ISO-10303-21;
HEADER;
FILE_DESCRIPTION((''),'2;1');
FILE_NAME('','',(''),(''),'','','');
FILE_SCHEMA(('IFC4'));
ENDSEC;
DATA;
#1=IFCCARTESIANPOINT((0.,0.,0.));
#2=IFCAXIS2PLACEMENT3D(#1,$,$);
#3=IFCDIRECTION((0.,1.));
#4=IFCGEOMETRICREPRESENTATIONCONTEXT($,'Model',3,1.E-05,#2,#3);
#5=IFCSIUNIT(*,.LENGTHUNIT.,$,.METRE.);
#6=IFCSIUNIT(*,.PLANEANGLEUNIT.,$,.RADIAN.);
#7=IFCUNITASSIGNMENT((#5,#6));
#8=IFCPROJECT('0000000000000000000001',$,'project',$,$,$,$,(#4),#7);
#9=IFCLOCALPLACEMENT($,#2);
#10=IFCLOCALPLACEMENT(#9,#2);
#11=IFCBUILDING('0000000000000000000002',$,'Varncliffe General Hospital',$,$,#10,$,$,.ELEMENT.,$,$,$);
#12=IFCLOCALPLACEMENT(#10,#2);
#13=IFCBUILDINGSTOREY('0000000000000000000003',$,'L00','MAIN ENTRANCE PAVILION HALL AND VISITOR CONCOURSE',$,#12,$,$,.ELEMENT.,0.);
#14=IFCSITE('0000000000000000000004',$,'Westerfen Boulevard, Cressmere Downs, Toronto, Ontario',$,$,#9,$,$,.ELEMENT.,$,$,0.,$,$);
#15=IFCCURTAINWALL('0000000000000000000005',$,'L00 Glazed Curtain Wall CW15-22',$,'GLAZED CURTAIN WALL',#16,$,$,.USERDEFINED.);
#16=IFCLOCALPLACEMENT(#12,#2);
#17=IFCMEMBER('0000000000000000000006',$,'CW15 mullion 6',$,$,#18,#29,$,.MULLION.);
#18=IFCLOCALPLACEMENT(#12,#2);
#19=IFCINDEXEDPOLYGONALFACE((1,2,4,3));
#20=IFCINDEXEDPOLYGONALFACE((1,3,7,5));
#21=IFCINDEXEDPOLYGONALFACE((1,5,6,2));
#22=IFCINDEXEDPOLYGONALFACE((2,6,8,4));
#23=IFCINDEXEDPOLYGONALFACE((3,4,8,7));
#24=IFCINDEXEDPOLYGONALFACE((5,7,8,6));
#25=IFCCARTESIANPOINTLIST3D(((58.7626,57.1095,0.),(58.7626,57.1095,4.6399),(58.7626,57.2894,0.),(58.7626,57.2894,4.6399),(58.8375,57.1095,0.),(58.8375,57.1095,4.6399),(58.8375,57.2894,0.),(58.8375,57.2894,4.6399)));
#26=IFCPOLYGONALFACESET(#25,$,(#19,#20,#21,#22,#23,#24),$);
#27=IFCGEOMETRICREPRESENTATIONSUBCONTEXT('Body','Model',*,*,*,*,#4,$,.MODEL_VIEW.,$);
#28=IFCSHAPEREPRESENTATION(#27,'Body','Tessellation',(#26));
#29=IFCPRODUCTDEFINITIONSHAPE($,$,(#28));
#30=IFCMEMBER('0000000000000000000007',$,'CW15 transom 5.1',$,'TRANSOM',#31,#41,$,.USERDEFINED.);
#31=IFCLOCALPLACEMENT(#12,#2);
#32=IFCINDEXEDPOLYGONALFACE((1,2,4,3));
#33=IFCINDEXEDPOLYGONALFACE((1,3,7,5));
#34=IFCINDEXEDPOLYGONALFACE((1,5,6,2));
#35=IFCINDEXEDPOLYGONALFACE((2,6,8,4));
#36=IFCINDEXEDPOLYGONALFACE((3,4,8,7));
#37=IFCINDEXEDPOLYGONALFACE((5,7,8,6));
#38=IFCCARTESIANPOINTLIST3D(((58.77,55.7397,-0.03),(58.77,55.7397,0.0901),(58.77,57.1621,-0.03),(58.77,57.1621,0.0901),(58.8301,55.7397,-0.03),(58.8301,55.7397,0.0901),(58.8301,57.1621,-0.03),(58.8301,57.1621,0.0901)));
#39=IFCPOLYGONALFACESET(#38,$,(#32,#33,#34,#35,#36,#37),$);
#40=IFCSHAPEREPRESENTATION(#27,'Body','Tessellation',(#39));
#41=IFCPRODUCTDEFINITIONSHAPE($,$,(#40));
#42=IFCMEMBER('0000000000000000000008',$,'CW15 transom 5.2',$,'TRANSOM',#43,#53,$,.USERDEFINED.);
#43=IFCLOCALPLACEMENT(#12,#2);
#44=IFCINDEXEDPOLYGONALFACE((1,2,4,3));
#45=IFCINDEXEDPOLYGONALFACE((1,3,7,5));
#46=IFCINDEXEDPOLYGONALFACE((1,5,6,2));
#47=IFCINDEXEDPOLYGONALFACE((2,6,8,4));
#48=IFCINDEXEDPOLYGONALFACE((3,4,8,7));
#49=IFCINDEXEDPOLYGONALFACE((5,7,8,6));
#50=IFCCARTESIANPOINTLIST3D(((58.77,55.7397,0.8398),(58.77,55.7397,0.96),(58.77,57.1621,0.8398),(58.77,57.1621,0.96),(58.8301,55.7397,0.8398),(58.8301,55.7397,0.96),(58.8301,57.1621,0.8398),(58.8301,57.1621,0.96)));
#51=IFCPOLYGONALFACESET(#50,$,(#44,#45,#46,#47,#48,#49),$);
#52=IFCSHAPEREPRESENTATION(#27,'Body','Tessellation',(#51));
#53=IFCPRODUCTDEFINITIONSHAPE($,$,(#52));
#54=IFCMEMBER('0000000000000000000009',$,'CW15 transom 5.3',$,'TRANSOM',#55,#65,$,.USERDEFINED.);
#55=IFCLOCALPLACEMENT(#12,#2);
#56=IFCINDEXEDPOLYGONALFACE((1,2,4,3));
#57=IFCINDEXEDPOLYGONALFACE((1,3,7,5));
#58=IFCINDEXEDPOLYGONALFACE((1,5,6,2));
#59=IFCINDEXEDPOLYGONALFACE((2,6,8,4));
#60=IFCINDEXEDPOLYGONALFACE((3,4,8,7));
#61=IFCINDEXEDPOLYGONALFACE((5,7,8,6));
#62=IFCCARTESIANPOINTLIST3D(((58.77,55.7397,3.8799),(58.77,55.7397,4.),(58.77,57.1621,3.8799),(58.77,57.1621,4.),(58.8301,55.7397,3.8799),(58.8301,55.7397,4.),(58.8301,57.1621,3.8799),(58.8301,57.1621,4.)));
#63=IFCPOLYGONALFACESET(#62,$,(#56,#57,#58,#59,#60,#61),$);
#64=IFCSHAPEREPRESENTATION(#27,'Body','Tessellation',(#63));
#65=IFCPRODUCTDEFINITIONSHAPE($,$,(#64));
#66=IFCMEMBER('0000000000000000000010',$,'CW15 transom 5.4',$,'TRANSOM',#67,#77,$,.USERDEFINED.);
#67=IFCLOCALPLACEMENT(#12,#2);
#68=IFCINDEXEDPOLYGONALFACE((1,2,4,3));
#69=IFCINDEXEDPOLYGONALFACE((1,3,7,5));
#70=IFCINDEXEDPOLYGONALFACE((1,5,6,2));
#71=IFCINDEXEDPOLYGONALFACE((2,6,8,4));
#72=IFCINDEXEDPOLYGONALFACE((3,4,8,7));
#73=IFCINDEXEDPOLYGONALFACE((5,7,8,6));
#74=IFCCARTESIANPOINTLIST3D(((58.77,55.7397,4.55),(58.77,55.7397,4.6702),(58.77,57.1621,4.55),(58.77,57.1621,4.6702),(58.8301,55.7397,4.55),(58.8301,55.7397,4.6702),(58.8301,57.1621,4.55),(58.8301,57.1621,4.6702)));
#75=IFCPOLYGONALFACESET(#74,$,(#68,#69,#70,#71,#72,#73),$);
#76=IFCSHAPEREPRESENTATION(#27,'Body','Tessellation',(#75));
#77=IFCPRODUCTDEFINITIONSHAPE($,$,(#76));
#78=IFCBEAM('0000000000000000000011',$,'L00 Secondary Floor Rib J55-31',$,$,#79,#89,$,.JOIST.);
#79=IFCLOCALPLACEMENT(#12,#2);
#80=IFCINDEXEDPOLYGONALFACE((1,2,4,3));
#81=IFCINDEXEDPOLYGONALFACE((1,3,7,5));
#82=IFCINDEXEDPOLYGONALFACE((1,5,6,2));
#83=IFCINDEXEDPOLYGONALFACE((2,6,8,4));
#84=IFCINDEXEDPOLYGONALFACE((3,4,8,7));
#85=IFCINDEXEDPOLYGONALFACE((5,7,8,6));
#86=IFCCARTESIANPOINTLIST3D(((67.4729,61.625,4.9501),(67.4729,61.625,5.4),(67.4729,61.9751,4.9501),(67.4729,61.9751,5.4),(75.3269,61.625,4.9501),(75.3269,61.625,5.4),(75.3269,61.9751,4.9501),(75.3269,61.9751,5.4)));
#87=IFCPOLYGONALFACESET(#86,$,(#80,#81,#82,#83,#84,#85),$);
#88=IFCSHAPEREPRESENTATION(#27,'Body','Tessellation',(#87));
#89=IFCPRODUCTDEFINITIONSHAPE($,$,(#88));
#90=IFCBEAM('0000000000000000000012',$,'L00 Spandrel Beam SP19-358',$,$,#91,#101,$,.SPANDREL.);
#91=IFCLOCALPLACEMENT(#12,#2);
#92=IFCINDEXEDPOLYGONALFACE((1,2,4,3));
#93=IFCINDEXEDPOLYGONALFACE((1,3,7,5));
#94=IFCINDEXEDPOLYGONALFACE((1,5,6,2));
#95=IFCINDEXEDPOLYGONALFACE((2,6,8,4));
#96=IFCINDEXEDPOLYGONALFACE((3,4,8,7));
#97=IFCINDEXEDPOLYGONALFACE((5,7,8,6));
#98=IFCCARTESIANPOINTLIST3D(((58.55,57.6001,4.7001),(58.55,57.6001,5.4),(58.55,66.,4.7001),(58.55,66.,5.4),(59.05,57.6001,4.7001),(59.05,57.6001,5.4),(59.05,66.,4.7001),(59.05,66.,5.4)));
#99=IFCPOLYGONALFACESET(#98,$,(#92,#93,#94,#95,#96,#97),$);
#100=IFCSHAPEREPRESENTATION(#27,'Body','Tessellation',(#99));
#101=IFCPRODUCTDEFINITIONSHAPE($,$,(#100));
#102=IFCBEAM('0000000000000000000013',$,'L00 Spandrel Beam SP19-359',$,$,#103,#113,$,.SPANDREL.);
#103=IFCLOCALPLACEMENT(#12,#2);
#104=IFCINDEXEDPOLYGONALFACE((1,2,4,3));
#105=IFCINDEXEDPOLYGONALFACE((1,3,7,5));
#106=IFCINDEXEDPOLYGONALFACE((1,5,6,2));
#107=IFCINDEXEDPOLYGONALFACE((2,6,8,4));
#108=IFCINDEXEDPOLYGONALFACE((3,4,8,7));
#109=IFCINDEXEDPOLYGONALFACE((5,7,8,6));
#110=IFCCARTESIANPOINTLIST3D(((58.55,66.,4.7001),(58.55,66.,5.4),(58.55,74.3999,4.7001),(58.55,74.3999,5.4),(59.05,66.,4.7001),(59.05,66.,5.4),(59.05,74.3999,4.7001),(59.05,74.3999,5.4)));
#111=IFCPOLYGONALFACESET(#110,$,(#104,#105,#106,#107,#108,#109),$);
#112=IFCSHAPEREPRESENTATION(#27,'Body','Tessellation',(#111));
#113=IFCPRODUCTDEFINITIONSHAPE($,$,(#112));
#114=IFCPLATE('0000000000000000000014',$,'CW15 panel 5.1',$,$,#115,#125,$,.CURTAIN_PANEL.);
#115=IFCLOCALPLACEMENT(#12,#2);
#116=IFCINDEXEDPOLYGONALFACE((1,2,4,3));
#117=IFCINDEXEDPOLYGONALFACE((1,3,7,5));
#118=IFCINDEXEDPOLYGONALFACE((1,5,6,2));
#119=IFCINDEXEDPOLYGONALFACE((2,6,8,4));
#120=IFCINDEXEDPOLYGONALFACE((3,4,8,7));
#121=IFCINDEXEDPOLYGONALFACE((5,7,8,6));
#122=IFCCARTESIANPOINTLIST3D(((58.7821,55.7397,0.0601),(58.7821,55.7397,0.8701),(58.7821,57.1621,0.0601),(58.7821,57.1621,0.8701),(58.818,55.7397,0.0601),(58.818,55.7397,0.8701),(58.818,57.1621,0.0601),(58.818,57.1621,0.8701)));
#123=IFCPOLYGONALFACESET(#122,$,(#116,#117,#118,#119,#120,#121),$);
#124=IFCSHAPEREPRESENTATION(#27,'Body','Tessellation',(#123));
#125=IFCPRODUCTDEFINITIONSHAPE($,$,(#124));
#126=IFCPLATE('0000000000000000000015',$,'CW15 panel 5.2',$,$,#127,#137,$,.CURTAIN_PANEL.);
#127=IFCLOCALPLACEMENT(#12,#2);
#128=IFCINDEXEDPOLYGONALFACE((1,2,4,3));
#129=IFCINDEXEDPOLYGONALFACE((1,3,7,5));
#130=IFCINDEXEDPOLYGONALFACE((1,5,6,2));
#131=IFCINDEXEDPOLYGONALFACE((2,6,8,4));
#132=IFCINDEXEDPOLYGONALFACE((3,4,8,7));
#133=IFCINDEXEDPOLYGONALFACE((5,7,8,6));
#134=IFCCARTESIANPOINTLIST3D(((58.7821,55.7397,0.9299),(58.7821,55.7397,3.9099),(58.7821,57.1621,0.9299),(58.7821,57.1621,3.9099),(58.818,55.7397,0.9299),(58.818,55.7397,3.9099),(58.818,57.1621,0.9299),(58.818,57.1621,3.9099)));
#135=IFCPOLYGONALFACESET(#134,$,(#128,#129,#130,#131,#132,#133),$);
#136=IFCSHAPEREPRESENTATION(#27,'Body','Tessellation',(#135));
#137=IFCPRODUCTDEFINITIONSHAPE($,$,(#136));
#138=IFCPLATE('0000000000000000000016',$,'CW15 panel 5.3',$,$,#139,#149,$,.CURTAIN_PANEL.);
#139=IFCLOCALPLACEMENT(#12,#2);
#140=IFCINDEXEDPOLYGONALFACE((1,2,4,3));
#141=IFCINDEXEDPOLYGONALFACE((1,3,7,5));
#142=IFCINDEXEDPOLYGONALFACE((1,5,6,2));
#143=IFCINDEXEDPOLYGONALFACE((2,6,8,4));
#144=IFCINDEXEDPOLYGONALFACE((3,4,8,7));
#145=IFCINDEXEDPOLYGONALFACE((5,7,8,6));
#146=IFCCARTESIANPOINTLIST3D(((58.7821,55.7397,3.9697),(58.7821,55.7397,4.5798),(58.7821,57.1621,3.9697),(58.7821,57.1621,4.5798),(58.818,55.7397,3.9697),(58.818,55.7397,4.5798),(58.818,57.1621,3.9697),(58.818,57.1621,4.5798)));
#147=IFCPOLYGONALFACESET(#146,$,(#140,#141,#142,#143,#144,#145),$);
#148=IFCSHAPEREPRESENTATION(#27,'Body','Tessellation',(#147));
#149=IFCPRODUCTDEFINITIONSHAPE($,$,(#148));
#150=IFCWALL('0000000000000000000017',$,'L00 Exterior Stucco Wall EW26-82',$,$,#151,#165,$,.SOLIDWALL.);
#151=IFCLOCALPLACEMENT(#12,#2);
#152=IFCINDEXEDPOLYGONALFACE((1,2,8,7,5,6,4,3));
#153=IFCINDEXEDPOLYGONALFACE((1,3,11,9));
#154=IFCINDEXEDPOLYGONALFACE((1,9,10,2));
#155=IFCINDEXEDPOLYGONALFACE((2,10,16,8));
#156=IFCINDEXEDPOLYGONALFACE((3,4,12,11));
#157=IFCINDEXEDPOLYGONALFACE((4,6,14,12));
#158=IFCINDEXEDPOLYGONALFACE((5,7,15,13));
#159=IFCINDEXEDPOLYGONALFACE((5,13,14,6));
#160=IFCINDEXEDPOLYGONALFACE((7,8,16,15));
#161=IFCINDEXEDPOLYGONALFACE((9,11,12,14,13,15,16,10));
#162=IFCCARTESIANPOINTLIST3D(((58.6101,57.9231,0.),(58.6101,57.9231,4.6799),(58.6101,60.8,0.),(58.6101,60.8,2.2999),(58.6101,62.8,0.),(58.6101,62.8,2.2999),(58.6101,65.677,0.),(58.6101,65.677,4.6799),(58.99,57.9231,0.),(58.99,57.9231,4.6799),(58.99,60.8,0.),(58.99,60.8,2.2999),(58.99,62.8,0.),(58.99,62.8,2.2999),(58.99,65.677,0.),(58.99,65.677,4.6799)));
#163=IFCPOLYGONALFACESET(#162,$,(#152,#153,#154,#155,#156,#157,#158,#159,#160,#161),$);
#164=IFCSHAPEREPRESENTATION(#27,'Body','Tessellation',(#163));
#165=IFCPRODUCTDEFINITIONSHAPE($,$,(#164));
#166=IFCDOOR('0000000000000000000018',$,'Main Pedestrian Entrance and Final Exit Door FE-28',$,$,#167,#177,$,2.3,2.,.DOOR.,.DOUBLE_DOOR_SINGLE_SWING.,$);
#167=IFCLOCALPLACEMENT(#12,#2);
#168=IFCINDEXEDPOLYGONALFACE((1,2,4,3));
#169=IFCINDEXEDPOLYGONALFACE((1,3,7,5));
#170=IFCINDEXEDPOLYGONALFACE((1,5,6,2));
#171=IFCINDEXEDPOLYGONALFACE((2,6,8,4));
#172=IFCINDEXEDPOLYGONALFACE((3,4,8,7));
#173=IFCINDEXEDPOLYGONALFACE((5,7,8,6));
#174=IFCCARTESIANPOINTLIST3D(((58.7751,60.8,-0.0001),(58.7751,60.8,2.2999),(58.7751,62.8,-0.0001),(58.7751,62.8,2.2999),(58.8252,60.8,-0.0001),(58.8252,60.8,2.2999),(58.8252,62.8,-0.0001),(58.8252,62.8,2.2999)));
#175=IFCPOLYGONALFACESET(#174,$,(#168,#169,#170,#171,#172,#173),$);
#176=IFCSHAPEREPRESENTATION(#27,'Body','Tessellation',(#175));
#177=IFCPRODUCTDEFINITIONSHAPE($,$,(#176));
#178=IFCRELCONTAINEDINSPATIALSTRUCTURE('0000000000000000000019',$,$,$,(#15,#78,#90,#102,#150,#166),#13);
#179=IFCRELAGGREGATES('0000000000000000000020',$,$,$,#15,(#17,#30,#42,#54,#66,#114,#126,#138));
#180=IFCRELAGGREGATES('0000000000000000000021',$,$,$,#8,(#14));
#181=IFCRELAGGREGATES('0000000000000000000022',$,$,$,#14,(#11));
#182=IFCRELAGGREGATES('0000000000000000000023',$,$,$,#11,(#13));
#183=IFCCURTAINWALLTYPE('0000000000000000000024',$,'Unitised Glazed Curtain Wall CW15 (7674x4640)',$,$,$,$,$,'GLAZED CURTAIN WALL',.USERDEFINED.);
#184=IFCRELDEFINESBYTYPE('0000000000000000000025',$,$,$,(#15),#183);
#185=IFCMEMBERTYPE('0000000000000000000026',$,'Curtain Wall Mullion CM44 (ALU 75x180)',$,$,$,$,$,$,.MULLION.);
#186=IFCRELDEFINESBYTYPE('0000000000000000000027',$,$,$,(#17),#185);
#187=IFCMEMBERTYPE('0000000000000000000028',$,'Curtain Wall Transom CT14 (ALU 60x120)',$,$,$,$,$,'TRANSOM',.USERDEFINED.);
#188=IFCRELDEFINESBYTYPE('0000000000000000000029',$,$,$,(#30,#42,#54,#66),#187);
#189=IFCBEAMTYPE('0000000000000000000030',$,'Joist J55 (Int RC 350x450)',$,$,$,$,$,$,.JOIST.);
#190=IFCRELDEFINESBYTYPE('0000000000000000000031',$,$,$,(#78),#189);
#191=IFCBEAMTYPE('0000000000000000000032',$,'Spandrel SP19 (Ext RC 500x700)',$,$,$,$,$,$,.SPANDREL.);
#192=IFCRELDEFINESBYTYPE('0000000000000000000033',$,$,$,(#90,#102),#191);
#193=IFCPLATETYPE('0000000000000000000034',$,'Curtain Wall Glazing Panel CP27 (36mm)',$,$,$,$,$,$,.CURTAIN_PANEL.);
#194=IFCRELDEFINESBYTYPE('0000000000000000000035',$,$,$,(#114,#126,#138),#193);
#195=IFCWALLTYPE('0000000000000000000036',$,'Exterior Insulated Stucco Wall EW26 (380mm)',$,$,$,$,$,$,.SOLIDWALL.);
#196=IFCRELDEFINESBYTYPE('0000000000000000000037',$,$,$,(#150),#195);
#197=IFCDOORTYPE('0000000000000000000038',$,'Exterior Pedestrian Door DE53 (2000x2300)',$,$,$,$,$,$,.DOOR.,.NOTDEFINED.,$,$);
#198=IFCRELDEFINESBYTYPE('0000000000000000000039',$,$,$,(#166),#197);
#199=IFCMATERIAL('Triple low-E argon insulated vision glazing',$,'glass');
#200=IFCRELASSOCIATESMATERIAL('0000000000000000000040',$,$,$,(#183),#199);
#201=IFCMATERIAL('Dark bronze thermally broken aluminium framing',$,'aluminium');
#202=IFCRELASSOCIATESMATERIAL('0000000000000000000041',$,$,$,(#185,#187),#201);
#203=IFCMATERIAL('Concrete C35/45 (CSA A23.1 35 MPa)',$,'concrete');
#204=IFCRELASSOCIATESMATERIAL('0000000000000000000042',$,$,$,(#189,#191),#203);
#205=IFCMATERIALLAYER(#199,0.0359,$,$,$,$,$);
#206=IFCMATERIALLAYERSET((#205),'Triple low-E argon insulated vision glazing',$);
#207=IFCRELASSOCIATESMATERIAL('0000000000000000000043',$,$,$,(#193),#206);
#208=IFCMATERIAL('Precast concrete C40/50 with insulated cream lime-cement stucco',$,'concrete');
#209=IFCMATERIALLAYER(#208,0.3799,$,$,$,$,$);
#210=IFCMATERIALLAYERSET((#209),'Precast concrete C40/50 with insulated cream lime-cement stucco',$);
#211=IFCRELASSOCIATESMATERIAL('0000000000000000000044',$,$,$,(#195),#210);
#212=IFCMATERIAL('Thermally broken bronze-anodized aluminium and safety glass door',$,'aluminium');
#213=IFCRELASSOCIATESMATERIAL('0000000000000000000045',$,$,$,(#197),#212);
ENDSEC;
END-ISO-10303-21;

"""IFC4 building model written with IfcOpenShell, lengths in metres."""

from ifc_helpers import new_model, si_unit, direction, frame, frame_2d, origin, origin_2d, place, context, subcontext, project, spatial, rectangle, extrude, material, layer, layer_set, material_profile, profile_set, type_object, element, fill, aggregate, save


model = new_model("IFC4")

# Units and contexts
model_context = context("Model", 3, precision=1e-05, world=origin(), true_north=direction((0.0, 1.0)))
body_context = subcontext(model_context, "Body", "Model", "MODEL_VIEW")
ifc_project = project(units=[si_unit("LENGTHUNIT", "METRE"), si_unit("PLANEANGLEUNIT", "RADIAN")], contexts=[model_context])

# Site, building, storey
site_placement = place(None, origin())
site = spatial("IfcSite", under=ifc_project, at=site_placement, Name="Westerfen Boulevard, Cressmere Downs, Toronto, Ontario", CompositionType="ELEMENT", RefElevation=0.0)
building_placement = place(site_placement, origin())
building = spatial("IfcBuilding", under=site, at=building_placement, Name="Varncliffe General Hospital", CompositionType="ELEMENT")
storey_placement = place(building_placement, origin())
storey = spatial("IfcBuildingStorey", under=building, at=storey_placement, Name="L00", Description="MAIN ENTRANCE PAVILION HALL AND VISITOR CONCOURSE", CompositionType="ELEMENT", Elevation=0.0)

# Shared definitions
ifc_material_1 = material(Name="Concrete C35/45 (CSA A23.1 35 MPa)", Category="concrete")

# Curtain wall, members
ifc_material_2 = material(Name="Triple low-E argon insulated vision glazing", Category="glass")
curtain_wall_type = type_object("IfcCurtainWallType", Name="Unitised Glazed Curtain Wall CW15 (7674x4640)", ElementType="GLAZED CURTAIN WALL", PredefinedType="USERDEFINED", material=ifc_material_2)
curtain_wall_placement = place(storey_placement, origin())
curtain_wall = element("IfcCurtainWall", 1, at=curtain_wall_placement, inside=storey, type_object=curtain_wall_type, Name="L00 Glazed Curtain Wall CW15-22", ObjectType="GLAZED CURTAIN WALL", PredefinedType="USERDEFINED")
ifc_material_3 = material(Name="Dark bronze thermally broken aluminium framing", Category="aluminium")
ifc_material_profile_1 = material_profile(ifc_material_3, rectangle(XDim=0.075, YDim=0.1799, at=origin_2d()), Name="ALU 75x180")
ifc_profile_set_1 = profile_set([ifc_material_profile_1], Name="Dark bronze thermally broken aluminium framing")
member_type_1 = type_object("IfcMemberType", Name="Curtain Wall Mullion CM44 (ALU 75x180)", PredefinedType="MULLION", material=ifc_profile_set_1)
member_1_placement = place(storey_placement, frame((58.8, 57.1995, 0.0), z_axis=(0.0, 0.0, 1.0), x_axis=(-1.0, 0.0, 0.0)))
member_1 = element("IfcMember", 2, at=member_1_placement, type_object=member_type_1, Name="CW15 mullion 6", PredefinedType="MULLION", context=body_context, shape_type="SweptSolid", body=[
    extrude(rectangle(XDim=0.075, YDim=0.1799, at=origin_2d()), origin(), (0.0, 0.0, 1.0), 4.6399),
])
ifc_material_profile_2 = material_profile(ifc_material_3, rectangle(XDim=0.0601, YDim=0.1201, at=origin_2d()), Name="ALU 60x120")
ifc_profile_set_2 = profile_set([ifc_material_profile_2], Name="Dark bronze thermally broken aluminium framing")
member_type_2 = type_object("IfcMemberType", Name="Curtain Wall Transom CT14 (ALU 60x120)", ElementType="TRANSOM", PredefinedType="USERDEFINED", material=ifc_profile_set_2)
member_2_placement = place(storey_placement, frame((58.8, 55.7397, 0.03), z_axis=(0.0, 1.0, 0.0), x_axis=(-1.0, 0.0, 0.0)))
member_2 = element("IfcMember", 3, at=member_2_placement, type_object=member_type_2, Name="CW15 transom 5.1", ObjectType="TRANSOM", PredefinedType="USERDEFINED", context=body_context, shape_type="SweptSolid", body=[
    extrude(rectangle(XDim=0.0601, YDim=0.1201, at=origin_2d()), origin(), (0.0, 0.0, 1.0), 1.4224),
])
member_3_placement = place(storey_placement, frame((58.8, 55.7397, 0.8999), z_axis=(0.0, 1.0, 0.0), x_axis=(-1.0, 0.0, 0.0)))
member_3 = element("IfcMember", 4, at=member_3_placement, type_object=member_type_2, Name="CW15 transom 5.2", ObjectType="TRANSOM", PredefinedType="USERDEFINED", context=body_context, shape_type="SweptSolid", body=[
    extrude(rectangle(XDim=0.0601, YDim=0.1201, at=origin_2d()), origin(), (0.0, 0.0, 1.0), 1.4224),
])
member_4_placement = place(storey_placement, frame((58.8, 55.7397, 3.9399), z_axis=(0.0, 1.0, 0.0), x_axis=(-1.0, 0.0, 0.0)))
member_4 = element("IfcMember", 5, at=member_4_placement, type_object=member_type_2, Name="CW15 transom 5.3", ObjectType="TRANSOM", PredefinedType="USERDEFINED", context=body_context, shape_type="SweptSolid", body=[
    extrude(rectangle(XDim=0.0601, YDim=0.1201, at=origin_2d()), origin(), (0.0, 0.0, 1.0), 1.4224),
])
member_5_placement = place(storey_placement, frame((58.8, 55.7397, 4.6101), z_axis=(0.0, 1.0, 0.0), x_axis=(-1.0, 0.0, 0.0)))
member_5 = element("IfcMember", 6, at=member_5_placement, type_object=member_type_2, Name="CW15 transom 5.4", ObjectType="TRANSOM", PredefinedType="USERDEFINED", context=body_context, shape_type="SweptSolid", body=[
    extrude(rectangle(XDim=0.0601, YDim=0.1201, at=origin_2d()), origin(), (0.0, 0.0, 1.0), 1.4224),
])

# Beams
ifc_material_profile_3 = material_profile(ifc_material_1, rectangle(XDim=0.3501, YDim=0.45, at=origin_2d()), Name="RC 350x450")
ifc_profile_set_3 = profile_set([ifc_material_profile_3], Name="Concrete C35/45 (CSA A23.1 35 MPa)")
beam_type_1 = type_object("IfcBeamType", Name="Joist J55 (Int RC 350x450)", PredefinedType="JOIST", material=ifc_profile_set_3)
beam_1_placement = place(storey_placement, frame((67.4729, 61.8, 5.175), z_axis=(1.0, 0.0, 0.0), x_axis=(0.0, 1.0, 0.0)))
element("IfcBeam", 7, at=beam_1_placement, inside=storey, type_object=beam_type_1, Name="L00 Secondary Floor Rib J55-31", PredefinedType="JOIST", context=body_context, shape_type="SweptSolid", body=[
    extrude(rectangle(XDim=0.3501, YDim=0.45, at=origin_2d()), origin(), (0.0, 0.0, 1.0), 7.854),
])
ifc_material_profile_4 = material_profile(ifc_material_1, rectangle(XDim=0.5, YDim=0.7, at=origin_2d()), Name="RC 500x700")
ifc_profile_set_4 = profile_set([ifc_material_profile_4], Name="Concrete C35/45 (CSA A23.1 35 MPa)")
beam_type_2 = type_object("IfcBeamType", Name="Spandrel SP19 (Ext RC 500x700)", PredefinedType="SPANDREL", material=ifc_profile_set_4)
for number, where, z_axis, x_axis, name in (
    (8, (58.8, 57.6001, 5.05), (0.0, 1.0, 0.0), (-1.0, 0.0, 0.0), "L00 Spandrel Beam SP19-358"),
    (9, (58.8, 66.0, 5.05), (0.0, 1.0, 0.0), (-1.0, 0.0, 0.0), "L00 Spandrel Beam SP19-359"),
):
    element("IfcBeam", number, at=place(storey_placement, frame(where, z_axis=z_axis, x_axis=x_axis)), inside=storey, type_object=beam_type_2, Name=name, PredefinedType="SPANDREL", context=body_context, shape_type="SweptSolid", body=[
        extrude(rectangle(XDim=0.5, YDim=0.7, at=origin_2d()), origin(), (0.0, 0.0, 1.0), 8.3999),
    ])

# Plates
ifc_layer_1 = layer(ifc_material_2, 0.0359)
ifc_layer_set_1 = layer_set([ifc_layer_1], Name="Triple low-E argon insulated vision glazing")
plate_type = type_object("IfcPlateType", Name="Curtain Wall Glazing Panel CP27 (36mm)", PredefinedType="CURTAIN_PANEL", material=ifc_layer_set_1)
plate_1_placement = place(storey_placement, frame((58.8, 56.4509, 0.0601), z_axis=(0.0, 0.0, 1.0), x_axis=(0.0, 1.0, 0.0)))
plate_1 = element("IfcPlate", 10, at=plate_1_placement, type_object=plate_type, Name="CW15 panel 5.1", PredefinedType="CURTAIN_PANEL", context=body_context, shape_type="SweptSolid", body=[
    extrude(rectangle(XDim=1.4224, YDim=0.0359, at=origin_2d()), origin(), (0.0, 0.0, 1.0), 0.8101),
])
plate_2_placement = place(storey_placement, frame((58.8, 56.4509, 0.9299), z_axis=(0.0, 0.0, 1.0), x_axis=(0.0, 1.0, 0.0)))
plate_2 = element("IfcPlate", 11, at=plate_2_placement, type_object=plate_type, Name="CW15 panel 5.2", PredefinedType="CURTAIN_PANEL", context=body_context, shape_type="SweptSolid", body=[
    extrude(rectangle(XDim=1.4224, YDim=0.0359, at=origin_2d()), origin(), (0.0, 0.0, 1.0), 2.98),
])
plate_3_placement = place(storey_placement, frame((58.8, 56.4509, 3.9697), z_axis=(0.0, 0.0, 1.0), x_axis=(0.0, 1.0, 0.0)))
plate_3 = element("IfcPlate", 12, at=plate_3_placement, type_object=plate_type, Name="CW15 panel 5.3", PredefinedType="CURTAIN_PANEL", context=body_context, shape_type="SweptSolid", body=[
    extrude(rectangle(XDim=1.4224, YDim=0.0359, at=origin_2d()), origin(), (0.0, 0.0, 1.0), 0.6101),
])
aggregate(curtain_wall, [member_1, member_2, member_3, member_4, member_5, plate_1, plate_2, plate_3])

# Wall, opening, door
ifc_material_4 = material(Name="Precast concrete C40/50 with insulated cream lime-cement stucco", Category="concrete")
ifc_layer_2 = layer(ifc_material_4, 0.3799)
ifc_layer_set_2 = layer_set([ifc_layer_2], Name="Precast concrete C40/50 with insulated cream lime-cement stucco")
wall_type_1 = type_object("IfcWallType", Name="Exterior Insulated Stucco Wall EW26 (380mm)", PredefinedType="SOLIDWALL", material=ifc_layer_set_2)
wall_1_placement = place(storey_placement, frame((58.8, 57.9231, 0.0), z_axis=(0.0, 0.0, 1.0), x_axis=(0.0, 1.0, 0.0)))
wall_1 = element("IfcWall", 13, at=wall_1_placement, inside=storey, type_object=wall_type_1, Name="L00 Exterior Stucco Wall EW26-82", PredefinedType="SOLIDWALL", context=body_context, shape_type="SweptSolid", body=[
    extrude(rectangle(XDim=7.7539, YDim=0.3799, at=frame_2d((3.877, 0.0))), origin(), (0.0, 0.0, 1.0), 4.6799),
])
opening_1_placement = place(wall_1_placement, frame((2.877, 0.0, 0.0)))
opening_1 = element("IfcOpeningElement", 14, at=opening_1_placement, cuts=wall_1, PredefinedType="OPENING", context=body_context, shape_type="SweptSolid", body=[
    extrude(rectangle(XDim=2.0, YDim=2.3, at=frame_2d((1.0, 1.1499))), frame((0.0, 0.2, 0.0), z_axis=(0.0, -1.0, 0.0), x_axis=(1.0, 0.0, 0.0)), (0.0, 0.0, 1.0), 0.3999),
])
ifc_material_5 = material(Name="Thermally broken bronze-anodized aluminium and safety glass door", Category="aluminium")
door_type_1 = type_object("IfcDoorType", Name="Exterior Pedestrian Door DE53 (2000x2300)", OperationType="NOTDEFINED", PredefinedType="DOOR", material=ifc_material_5)
door_1_placement = place(opening_1_placement, origin())
door_1 = element("IfcDoor", 15, at=door_1_placement, inside=storey, type_object=door_type_1, Name="Main Pedestrian Entrance and Final Exit Door FE-28", OperationType="DOUBLE_DOOR_SINGLE_SWING", OverallHeight=2.3, OverallWidth=2.0, PredefinedType="DOOR", context=body_context, shape_type="SweptSolid", body=[
    extrude(rectangle(XDim=2.0, YDim=2.3, at=frame_2d((1.0, 1.1499))), frame((0.0, 0.0249, 0.0), z_axis=(0.0, -1.0, 0.0), x_axis=(1.0, 0.0, 0.0)), (0.0, 0.0, 1.0), 0.05),
])
fill(opening_1, door_1)

save(model, "model.ifc")
